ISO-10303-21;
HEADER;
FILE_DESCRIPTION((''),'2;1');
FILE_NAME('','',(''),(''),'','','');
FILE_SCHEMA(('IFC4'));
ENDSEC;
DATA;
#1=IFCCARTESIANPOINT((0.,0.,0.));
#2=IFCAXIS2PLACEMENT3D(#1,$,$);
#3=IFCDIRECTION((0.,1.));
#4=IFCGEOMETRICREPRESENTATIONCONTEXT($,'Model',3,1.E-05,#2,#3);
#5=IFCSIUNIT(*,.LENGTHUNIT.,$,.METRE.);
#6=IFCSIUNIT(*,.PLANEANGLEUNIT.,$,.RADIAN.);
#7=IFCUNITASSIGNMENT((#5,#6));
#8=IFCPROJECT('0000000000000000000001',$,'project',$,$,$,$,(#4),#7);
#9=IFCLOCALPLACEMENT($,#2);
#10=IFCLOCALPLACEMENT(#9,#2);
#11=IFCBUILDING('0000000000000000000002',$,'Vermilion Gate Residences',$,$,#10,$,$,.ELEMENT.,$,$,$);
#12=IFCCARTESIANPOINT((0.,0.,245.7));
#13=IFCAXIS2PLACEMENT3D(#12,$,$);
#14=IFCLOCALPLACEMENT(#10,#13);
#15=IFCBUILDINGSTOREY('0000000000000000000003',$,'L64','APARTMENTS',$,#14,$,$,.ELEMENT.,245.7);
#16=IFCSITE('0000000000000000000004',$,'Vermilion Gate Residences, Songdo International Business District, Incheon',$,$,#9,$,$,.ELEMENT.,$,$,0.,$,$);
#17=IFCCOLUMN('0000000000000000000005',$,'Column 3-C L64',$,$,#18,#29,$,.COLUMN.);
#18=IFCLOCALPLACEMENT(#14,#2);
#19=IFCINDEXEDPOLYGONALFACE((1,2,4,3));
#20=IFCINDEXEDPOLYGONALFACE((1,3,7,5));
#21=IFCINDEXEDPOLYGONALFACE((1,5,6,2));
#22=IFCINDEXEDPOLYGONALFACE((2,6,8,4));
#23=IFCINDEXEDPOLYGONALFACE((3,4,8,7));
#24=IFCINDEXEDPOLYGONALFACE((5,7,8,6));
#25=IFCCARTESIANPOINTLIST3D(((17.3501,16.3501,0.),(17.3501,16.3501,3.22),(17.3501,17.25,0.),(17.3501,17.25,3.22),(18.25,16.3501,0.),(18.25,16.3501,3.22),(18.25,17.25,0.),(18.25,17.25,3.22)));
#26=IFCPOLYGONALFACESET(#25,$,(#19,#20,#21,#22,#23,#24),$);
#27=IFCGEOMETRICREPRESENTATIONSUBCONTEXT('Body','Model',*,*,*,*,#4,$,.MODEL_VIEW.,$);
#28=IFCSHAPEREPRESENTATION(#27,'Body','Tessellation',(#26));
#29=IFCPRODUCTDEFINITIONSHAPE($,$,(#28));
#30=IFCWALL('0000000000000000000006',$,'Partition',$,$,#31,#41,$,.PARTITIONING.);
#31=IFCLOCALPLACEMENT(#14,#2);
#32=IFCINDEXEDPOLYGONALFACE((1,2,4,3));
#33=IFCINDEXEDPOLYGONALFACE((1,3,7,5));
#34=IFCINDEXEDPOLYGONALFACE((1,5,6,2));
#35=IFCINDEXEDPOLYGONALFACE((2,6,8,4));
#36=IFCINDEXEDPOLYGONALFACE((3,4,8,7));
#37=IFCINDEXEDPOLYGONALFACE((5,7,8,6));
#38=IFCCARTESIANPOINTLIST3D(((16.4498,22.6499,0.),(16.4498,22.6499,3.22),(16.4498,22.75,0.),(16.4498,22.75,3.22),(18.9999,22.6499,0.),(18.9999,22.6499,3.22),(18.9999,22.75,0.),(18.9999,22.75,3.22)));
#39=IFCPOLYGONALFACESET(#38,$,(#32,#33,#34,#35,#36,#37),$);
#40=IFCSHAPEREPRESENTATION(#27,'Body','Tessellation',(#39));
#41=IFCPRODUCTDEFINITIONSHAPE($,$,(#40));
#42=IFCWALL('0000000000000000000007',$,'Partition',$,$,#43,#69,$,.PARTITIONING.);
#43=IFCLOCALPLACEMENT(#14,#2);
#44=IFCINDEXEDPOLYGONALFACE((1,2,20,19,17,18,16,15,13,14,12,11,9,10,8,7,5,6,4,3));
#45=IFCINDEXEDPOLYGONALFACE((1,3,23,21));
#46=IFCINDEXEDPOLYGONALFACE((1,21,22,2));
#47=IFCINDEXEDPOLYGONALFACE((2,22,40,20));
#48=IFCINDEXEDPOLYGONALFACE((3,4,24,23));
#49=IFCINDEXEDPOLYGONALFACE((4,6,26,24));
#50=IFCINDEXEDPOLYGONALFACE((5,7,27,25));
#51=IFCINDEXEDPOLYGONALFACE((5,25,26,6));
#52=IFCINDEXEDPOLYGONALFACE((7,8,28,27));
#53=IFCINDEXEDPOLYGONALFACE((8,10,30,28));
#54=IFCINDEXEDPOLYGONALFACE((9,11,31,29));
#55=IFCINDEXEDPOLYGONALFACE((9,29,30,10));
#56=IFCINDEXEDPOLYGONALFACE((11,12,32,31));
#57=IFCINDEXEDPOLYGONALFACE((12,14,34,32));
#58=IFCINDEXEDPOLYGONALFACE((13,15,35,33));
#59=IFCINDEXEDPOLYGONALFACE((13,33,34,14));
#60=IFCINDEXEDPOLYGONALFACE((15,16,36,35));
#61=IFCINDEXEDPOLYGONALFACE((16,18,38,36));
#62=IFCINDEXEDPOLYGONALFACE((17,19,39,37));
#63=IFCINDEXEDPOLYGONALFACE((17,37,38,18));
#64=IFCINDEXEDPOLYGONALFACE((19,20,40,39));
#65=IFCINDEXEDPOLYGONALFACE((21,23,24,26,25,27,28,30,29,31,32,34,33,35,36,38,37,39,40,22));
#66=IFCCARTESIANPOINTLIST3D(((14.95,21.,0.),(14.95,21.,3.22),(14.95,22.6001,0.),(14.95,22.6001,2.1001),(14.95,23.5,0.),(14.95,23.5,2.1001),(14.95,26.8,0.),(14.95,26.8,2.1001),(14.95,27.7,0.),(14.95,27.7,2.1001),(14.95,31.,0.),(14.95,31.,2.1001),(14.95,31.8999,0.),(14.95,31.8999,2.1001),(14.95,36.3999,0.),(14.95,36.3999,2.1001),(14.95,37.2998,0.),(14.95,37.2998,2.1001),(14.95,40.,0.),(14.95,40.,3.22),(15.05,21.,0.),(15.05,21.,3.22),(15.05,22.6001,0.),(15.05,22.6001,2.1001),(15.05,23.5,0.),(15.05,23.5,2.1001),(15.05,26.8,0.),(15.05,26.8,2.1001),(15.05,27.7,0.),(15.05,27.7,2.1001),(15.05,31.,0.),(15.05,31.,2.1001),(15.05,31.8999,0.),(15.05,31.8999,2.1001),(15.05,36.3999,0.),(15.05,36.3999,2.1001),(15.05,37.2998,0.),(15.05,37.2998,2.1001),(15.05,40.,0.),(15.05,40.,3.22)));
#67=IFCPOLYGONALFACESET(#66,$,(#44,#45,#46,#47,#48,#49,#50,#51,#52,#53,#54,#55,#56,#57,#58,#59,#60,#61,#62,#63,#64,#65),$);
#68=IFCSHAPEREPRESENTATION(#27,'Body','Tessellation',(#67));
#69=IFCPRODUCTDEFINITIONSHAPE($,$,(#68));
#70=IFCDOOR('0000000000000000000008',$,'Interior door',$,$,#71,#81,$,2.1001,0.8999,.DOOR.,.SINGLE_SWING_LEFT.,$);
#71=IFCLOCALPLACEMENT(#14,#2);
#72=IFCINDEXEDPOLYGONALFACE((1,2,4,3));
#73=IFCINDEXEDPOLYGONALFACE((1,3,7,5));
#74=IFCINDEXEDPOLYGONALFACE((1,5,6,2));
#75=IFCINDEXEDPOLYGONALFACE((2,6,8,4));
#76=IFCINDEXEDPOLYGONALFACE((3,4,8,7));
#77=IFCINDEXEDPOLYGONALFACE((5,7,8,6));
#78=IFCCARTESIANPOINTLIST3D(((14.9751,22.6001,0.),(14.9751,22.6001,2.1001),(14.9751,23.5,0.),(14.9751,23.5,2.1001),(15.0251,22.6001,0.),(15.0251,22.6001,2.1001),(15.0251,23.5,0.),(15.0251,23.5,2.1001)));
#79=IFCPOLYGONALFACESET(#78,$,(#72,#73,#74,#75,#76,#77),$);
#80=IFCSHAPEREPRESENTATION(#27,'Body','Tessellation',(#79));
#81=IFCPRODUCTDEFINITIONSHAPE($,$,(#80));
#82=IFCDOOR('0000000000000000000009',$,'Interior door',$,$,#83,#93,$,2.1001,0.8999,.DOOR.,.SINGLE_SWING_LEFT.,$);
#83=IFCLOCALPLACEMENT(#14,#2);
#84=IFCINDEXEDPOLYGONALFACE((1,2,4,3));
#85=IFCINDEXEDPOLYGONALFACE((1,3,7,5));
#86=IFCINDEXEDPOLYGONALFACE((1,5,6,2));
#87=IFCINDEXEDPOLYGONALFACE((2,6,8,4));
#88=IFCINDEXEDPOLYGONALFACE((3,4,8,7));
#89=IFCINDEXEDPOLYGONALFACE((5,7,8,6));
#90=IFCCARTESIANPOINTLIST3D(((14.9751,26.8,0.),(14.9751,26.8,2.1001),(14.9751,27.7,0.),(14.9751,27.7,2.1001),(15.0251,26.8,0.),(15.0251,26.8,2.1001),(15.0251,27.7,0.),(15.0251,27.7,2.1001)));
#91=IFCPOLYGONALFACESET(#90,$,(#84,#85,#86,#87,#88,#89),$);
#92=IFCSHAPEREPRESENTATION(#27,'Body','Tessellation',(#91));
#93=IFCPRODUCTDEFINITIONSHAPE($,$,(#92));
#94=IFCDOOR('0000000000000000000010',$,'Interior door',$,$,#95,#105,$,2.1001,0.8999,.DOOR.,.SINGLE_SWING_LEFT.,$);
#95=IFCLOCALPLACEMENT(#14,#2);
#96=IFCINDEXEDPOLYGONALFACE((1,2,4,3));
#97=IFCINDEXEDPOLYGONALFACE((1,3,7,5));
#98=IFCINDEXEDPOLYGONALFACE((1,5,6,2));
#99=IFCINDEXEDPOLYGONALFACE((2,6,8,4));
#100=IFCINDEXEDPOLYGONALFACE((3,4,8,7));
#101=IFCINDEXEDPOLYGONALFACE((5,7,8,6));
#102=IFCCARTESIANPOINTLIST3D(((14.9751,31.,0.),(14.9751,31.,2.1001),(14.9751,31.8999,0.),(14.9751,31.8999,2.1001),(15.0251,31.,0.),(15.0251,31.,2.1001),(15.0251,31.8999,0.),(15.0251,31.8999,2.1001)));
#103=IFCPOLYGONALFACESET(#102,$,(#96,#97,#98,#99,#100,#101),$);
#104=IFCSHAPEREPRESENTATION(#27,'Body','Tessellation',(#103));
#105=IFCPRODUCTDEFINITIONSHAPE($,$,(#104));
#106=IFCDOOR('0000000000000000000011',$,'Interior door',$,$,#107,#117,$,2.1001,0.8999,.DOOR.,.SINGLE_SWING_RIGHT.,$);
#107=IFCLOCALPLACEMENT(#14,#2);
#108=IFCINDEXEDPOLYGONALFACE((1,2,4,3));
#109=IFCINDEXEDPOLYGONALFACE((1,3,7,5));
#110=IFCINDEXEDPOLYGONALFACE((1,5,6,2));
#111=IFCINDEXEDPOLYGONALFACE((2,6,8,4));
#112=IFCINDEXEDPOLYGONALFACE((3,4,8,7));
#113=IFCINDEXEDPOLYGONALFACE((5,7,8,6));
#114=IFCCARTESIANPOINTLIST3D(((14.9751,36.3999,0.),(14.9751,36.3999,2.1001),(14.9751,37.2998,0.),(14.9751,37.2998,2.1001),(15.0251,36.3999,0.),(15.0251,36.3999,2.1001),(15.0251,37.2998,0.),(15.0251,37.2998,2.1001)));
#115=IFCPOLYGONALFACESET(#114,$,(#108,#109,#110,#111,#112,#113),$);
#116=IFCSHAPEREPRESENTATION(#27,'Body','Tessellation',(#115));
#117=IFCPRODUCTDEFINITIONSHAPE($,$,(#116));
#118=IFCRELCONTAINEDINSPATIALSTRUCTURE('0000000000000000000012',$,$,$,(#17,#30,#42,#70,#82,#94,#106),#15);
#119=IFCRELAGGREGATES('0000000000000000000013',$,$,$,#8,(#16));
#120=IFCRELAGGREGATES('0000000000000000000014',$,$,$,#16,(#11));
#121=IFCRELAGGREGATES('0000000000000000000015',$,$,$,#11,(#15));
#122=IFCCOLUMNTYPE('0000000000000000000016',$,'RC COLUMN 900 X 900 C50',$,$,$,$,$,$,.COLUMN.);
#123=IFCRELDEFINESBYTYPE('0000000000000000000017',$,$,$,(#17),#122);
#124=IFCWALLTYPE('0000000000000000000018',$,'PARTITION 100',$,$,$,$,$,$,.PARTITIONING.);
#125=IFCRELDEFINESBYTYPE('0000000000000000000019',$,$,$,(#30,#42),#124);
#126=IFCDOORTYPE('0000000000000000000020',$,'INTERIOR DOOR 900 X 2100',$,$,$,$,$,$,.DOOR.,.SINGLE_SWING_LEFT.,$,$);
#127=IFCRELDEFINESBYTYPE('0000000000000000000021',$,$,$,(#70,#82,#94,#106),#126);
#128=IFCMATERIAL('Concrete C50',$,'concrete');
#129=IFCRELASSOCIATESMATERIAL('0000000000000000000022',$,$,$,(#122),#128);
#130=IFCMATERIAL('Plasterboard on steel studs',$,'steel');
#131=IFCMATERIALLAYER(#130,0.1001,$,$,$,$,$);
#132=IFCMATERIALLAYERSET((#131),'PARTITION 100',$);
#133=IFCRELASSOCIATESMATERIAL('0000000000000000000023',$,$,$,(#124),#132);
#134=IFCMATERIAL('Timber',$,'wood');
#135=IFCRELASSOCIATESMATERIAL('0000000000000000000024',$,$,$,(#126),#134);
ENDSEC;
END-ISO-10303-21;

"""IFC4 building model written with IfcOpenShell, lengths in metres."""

from ifc_helpers import new_model, si_unit, direction, frame, frame_2d, origin, origin_2d, place, context, subcontext, project, spatial, rectangle, extrude, material, layer, layer_set, material_profile, profile_set, type_object, element, fill, save


model = new_model("IFC4")

# Units and contexts
model_context = context("Model", 3, precision=1e-05, world=origin(), true_north=direction((0.0, 1.0)))
body_context = subcontext(model_context, "Body", "Model", "MODEL_VIEW")
ifc_project = project(units=[si_unit("LENGTHUNIT", "METRE"), si_unit("PLANEANGLEUNIT", "RADIAN")], contexts=[model_context])

# Site, building, storey
site_placement = place(None, origin())
site = spatial("IfcSite", under=ifc_project, at=site_placement, Name="Vermilion Gate Residences, Songdo International Business District, Incheon", CompositionType="ELEMENT", RefElevation=0.0)
building_placement = place(site_placement, origin())
building = spatial("IfcBuilding", under=site, at=building_placement, Name="Vermilion Gate Residences", CompositionType="ELEMENT")
storey_placement = place(building_placement, frame((0.0, 0.0, 245.7)))
storey = spatial("IfcBuildingStorey", under=building, at=storey_placement, Name="L64", Description="APARTMENTS", CompositionType="ELEMENT", Elevation=245.7)

# Column
ifc_material_1 = material(Name="Concrete C50", Category="concrete")
ifc_material_profile = material_profile(ifc_material_1, rectangle(XDim=0.8999, YDim=0.8999, at=origin_2d()), Name="RC-900x900")
ifc_profile_set = profile_set([ifc_material_profile], Name="Concrete C50")
column_type = type_object("IfcColumnType", Name="RC COLUMN 900 X 900 C50", PredefinedType="COLUMN", material=ifc_profile_set)
column_placement = place(storey_placement, frame((17.8, 16.8, 0.0), z_axis=(0.0, 0.0, 1.0), x_axis=(1.0, 0.0, 0.0)))
element("IfcColumn", 1, at=column_placement, inside=storey, type_object=column_type, Name="Column 3-C L64", PredefinedType="COLUMN", context=body_context, shape_type="SweptSolid", body=[
    extrude(rectangle(XDim=0.8999, YDim=0.8999, at=origin_2d()), origin(), (0.0, 0.0, 1.0), 3.22),
])

# Wall
ifc_material_2 = material(Name="Plasterboard on steel studs", Category="steel")
ifc_layer_1 = layer(ifc_material_2, 0.1001)
ifc_layer_set_1 = layer_set([ifc_layer_1], Name="PARTITION 100")
wall_type_1 = type_object("IfcWallType", Name="PARTITION 100", PredefinedType="PARTITIONING", material=ifc_layer_set_1)
wall_1_placement = place(storey_placement, frame((16.45, 22.7, 0.0), z_axis=(0.0, 0.0, 1.0), x_axis=(1.0, 0.0, 0.0)))
element("IfcWall", 2, at=wall_1_placement, inside=storey, type_object=wall_type_1, Name="Partition", PredefinedType="PARTITIONING", context=body_context, shape_type="SweptSolid", body=[
    extrude(rectangle(XDim=2.55, YDim=0.1001, at=frame_2d((1.2749, 0.0))), origin(), (0.0, 0.0, 1.0), 3.22),
])

# Wall, openings, doors
wall_2_placement = place(storey_placement, frame((15.0, 21.0, 0.0), z_axis=(0.0, 0.0, 1.0), x_axis=(0.0, 1.0, 0.0)))
wall_2 = element("IfcWall", 3, at=wall_2_placement, inside=storey, type_object=wall_type_1, Name="Partition", PredefinedType="PARTITIONING", context=body_context, shape_type="SweptSolid", body=[
    extrude(rectangle(XDim=19.0, YDim=0.1001, at=frame_2d((9.5, 0.0))), origin(), (0.0, 0.0, 1.0), 3.22),
])
opening_1_placement = place(wall_2_placement, frame((1.6001, 0.0, 0.0)))
opening_1 = element("IfcOpeningElement", 4, at=opening_1_placement, cuts=wall_2, PredefinedType="OPENING", context=body_context, shape_type="SweptSolid", body=[
    extrude(rectangle(XDim=0.8999, YDim=2.1001, at=frame_2d((0.45, 1.05))), frame((0.0, 0.0601, 0.0), z_axis=(0.0, -1.0, 0.0), x_axis=(1.0, 0.0, 0.0)), (0.0, 0.0, 1.0), 0.1201),
])
opening_2_placement = place(wall_2_placement, frame((5.8, 0.0, 0.0)))
opening_2 = element("IfcOpeningElement", 5, at=opening_2_placement, cuts=wall_2, PredefinedType="OPENING", context=body_context, shape_type="SweptSolid", body=[
    extrude(rectangle(XDim=0.8999, YDim=2.1001, at=frame_2d((0.45, 1.05))), frame((0.0, 0.0601, 0.0), z_axis=(0.0, -1.0, 0.0), x_axis=(1.0, 0.0, 0.0)), (0.0, 0.0, 1.0), 0.1201),
])
opening_3_placement = place(wall_2_placement, frame((10.0, 0.0, 0.0)))
opening_3 = element("IfcOpeningElement", 6, at=opening_3_placement, cuts=wall_2, PredefinedType="OPENING", context=body_context, shape_type="SweptSolid", body=[
    extrude(rectangle(XDim=0.8999, YDim=2.1001, at=frame_2d((0.45, 1.05))), frame((0.0, 0.0601, 0.0), z_axis=(0.0, -1.0, 0.0), x_axis=(1.0, 0.0, 0.0)), (0.0, 0.0, 1.0), 0.1201),
])
opening_4_placement = place(wall_2_placement, frame((15.3999, 0.0, 0.0)))
opening_4 = element("IfcOpeningElement", 7, at=opening_4_placement, cuts=wall_2, PredefinedType="OPENING", context=body_context, shape_type="SweptSolid", body=[
    extrude(rectangle(XDim=0.8999, YDim=2.1001, at=frame_2d((0.45, 1.05))), frame((0.0, 0.0601, 0.0), z_axis=(0.0, -1.0, 0.0), x_axis=(1.0, 0.0, 0.0)), (0.0, 0.0, 1.0), 0.1201),
])
ifc_material_3 = material(Name="Timber", Category="wood")
door_type_1 = type_object("IfcDoorType", Name="INTERIOR DOOR 900 X 2100", OperationType="SINGLE_SWING_LEFT", PredefinedType="DOOR", material=ifc_material_3)
door_1_placement = place(opening_1_placement, origin())
door_1 = element("IfcDoor", 8, at=door_1_placement, inside=storey, type_object=door_type_1, Name="Interior door", OperationType="SINGLE_SWING_LEFT", OverallHeight=2.1001, OverallWidth=0.8999, PredefinedType="DOOR", context=body_context, shape_type="SweptSolid", body=[
    extrude(rectangle(XDim=0.8999, YDim=2.1001, at=frame_2d((0.45, 1.05))), frame((0.0, 0.0249, 0.0), z_axis=(0.0, -1.0, 0.0), x_axis=(1.0, 0.0, 0.0)), (0.0, 0.0, 1.0), 0.05),
])
fill(opening_1, door_1)
door_2_placement = place(opening_2_placement, origin())
door_2 = element("IfcDoor", 9, at=door_2_placement, inside=storey, type_object=door_type_1, Name="Interior door", OperationType="SINGLE_SWING_LEFT", OverallHeight=2.1001, OverallWidth=0.8999, PredefinedType="DOOR", context=body_context, shape_type="SweptSolid", body=[
    extrude(rectangle(XDim=0.8999, YDim=2.1001, at=frame_2d((0.45, 1.05))), frame((0.0, 0.0249, 0.0), z_axis=(0.0, -1.0, 0.0), x_axis=(1.0, 0.0, 0.0)), (0.0, 0.0, 1.0), 0.05),
])
fill(opening_2, door_2)
door_3_placement = place(opening_3_placement, origin())
door_3 = element("IfcDoor", 10, at=door_3_placement, inside=storey, type_object=door_type_1, Name="Interior door", OperationType="SINGLE_SWING_LEFT", OverallHeight=2.1001, OverallWidth=0.8999, PredefinedType="DOOR", context=body_context, shape_type="SweptSolid", body=[
    extrude(rectangle(XDim=0.8999, YDim=2.1001, at=frame_2d((0.45, 1.05))), frame((0.0, 0.0249, 0.0), z_axis=(0.0, -1.0, 0.0), x_axis=(1.0, 0.0, 0.0)), (0.0, 0.0, 1.0), 0.05),
])
fill(opening_3, door_3)
door_4_placement = place(opening_4_placement, origin())
door_4 = element("IfcDoor", 11, at=door_4_placement, inside=storey, type_object=door_type_1, Name="Interior door", OperationType="SINGLE_SWING_RIGHT", OverallHeight=2.1001, OverallWidth=0.8999, PredefinedType="DOOR", context=body_context, shape_type="SweptSolid", body=[
    extrude(rectangle(XDim=0.8999, YDim=2.1001, at=frame_2d((0.45, 1.05))), frame((0.0, 0.0249, 0.0), z_axis=(0.0, -1.0, 0.0), x_axis=(1.0, 0.0, 0.0)), (0.0, 0.0, 1.0), 0.05),
])
fill(opening_4, door_4)

save(model, "model.ifc")
